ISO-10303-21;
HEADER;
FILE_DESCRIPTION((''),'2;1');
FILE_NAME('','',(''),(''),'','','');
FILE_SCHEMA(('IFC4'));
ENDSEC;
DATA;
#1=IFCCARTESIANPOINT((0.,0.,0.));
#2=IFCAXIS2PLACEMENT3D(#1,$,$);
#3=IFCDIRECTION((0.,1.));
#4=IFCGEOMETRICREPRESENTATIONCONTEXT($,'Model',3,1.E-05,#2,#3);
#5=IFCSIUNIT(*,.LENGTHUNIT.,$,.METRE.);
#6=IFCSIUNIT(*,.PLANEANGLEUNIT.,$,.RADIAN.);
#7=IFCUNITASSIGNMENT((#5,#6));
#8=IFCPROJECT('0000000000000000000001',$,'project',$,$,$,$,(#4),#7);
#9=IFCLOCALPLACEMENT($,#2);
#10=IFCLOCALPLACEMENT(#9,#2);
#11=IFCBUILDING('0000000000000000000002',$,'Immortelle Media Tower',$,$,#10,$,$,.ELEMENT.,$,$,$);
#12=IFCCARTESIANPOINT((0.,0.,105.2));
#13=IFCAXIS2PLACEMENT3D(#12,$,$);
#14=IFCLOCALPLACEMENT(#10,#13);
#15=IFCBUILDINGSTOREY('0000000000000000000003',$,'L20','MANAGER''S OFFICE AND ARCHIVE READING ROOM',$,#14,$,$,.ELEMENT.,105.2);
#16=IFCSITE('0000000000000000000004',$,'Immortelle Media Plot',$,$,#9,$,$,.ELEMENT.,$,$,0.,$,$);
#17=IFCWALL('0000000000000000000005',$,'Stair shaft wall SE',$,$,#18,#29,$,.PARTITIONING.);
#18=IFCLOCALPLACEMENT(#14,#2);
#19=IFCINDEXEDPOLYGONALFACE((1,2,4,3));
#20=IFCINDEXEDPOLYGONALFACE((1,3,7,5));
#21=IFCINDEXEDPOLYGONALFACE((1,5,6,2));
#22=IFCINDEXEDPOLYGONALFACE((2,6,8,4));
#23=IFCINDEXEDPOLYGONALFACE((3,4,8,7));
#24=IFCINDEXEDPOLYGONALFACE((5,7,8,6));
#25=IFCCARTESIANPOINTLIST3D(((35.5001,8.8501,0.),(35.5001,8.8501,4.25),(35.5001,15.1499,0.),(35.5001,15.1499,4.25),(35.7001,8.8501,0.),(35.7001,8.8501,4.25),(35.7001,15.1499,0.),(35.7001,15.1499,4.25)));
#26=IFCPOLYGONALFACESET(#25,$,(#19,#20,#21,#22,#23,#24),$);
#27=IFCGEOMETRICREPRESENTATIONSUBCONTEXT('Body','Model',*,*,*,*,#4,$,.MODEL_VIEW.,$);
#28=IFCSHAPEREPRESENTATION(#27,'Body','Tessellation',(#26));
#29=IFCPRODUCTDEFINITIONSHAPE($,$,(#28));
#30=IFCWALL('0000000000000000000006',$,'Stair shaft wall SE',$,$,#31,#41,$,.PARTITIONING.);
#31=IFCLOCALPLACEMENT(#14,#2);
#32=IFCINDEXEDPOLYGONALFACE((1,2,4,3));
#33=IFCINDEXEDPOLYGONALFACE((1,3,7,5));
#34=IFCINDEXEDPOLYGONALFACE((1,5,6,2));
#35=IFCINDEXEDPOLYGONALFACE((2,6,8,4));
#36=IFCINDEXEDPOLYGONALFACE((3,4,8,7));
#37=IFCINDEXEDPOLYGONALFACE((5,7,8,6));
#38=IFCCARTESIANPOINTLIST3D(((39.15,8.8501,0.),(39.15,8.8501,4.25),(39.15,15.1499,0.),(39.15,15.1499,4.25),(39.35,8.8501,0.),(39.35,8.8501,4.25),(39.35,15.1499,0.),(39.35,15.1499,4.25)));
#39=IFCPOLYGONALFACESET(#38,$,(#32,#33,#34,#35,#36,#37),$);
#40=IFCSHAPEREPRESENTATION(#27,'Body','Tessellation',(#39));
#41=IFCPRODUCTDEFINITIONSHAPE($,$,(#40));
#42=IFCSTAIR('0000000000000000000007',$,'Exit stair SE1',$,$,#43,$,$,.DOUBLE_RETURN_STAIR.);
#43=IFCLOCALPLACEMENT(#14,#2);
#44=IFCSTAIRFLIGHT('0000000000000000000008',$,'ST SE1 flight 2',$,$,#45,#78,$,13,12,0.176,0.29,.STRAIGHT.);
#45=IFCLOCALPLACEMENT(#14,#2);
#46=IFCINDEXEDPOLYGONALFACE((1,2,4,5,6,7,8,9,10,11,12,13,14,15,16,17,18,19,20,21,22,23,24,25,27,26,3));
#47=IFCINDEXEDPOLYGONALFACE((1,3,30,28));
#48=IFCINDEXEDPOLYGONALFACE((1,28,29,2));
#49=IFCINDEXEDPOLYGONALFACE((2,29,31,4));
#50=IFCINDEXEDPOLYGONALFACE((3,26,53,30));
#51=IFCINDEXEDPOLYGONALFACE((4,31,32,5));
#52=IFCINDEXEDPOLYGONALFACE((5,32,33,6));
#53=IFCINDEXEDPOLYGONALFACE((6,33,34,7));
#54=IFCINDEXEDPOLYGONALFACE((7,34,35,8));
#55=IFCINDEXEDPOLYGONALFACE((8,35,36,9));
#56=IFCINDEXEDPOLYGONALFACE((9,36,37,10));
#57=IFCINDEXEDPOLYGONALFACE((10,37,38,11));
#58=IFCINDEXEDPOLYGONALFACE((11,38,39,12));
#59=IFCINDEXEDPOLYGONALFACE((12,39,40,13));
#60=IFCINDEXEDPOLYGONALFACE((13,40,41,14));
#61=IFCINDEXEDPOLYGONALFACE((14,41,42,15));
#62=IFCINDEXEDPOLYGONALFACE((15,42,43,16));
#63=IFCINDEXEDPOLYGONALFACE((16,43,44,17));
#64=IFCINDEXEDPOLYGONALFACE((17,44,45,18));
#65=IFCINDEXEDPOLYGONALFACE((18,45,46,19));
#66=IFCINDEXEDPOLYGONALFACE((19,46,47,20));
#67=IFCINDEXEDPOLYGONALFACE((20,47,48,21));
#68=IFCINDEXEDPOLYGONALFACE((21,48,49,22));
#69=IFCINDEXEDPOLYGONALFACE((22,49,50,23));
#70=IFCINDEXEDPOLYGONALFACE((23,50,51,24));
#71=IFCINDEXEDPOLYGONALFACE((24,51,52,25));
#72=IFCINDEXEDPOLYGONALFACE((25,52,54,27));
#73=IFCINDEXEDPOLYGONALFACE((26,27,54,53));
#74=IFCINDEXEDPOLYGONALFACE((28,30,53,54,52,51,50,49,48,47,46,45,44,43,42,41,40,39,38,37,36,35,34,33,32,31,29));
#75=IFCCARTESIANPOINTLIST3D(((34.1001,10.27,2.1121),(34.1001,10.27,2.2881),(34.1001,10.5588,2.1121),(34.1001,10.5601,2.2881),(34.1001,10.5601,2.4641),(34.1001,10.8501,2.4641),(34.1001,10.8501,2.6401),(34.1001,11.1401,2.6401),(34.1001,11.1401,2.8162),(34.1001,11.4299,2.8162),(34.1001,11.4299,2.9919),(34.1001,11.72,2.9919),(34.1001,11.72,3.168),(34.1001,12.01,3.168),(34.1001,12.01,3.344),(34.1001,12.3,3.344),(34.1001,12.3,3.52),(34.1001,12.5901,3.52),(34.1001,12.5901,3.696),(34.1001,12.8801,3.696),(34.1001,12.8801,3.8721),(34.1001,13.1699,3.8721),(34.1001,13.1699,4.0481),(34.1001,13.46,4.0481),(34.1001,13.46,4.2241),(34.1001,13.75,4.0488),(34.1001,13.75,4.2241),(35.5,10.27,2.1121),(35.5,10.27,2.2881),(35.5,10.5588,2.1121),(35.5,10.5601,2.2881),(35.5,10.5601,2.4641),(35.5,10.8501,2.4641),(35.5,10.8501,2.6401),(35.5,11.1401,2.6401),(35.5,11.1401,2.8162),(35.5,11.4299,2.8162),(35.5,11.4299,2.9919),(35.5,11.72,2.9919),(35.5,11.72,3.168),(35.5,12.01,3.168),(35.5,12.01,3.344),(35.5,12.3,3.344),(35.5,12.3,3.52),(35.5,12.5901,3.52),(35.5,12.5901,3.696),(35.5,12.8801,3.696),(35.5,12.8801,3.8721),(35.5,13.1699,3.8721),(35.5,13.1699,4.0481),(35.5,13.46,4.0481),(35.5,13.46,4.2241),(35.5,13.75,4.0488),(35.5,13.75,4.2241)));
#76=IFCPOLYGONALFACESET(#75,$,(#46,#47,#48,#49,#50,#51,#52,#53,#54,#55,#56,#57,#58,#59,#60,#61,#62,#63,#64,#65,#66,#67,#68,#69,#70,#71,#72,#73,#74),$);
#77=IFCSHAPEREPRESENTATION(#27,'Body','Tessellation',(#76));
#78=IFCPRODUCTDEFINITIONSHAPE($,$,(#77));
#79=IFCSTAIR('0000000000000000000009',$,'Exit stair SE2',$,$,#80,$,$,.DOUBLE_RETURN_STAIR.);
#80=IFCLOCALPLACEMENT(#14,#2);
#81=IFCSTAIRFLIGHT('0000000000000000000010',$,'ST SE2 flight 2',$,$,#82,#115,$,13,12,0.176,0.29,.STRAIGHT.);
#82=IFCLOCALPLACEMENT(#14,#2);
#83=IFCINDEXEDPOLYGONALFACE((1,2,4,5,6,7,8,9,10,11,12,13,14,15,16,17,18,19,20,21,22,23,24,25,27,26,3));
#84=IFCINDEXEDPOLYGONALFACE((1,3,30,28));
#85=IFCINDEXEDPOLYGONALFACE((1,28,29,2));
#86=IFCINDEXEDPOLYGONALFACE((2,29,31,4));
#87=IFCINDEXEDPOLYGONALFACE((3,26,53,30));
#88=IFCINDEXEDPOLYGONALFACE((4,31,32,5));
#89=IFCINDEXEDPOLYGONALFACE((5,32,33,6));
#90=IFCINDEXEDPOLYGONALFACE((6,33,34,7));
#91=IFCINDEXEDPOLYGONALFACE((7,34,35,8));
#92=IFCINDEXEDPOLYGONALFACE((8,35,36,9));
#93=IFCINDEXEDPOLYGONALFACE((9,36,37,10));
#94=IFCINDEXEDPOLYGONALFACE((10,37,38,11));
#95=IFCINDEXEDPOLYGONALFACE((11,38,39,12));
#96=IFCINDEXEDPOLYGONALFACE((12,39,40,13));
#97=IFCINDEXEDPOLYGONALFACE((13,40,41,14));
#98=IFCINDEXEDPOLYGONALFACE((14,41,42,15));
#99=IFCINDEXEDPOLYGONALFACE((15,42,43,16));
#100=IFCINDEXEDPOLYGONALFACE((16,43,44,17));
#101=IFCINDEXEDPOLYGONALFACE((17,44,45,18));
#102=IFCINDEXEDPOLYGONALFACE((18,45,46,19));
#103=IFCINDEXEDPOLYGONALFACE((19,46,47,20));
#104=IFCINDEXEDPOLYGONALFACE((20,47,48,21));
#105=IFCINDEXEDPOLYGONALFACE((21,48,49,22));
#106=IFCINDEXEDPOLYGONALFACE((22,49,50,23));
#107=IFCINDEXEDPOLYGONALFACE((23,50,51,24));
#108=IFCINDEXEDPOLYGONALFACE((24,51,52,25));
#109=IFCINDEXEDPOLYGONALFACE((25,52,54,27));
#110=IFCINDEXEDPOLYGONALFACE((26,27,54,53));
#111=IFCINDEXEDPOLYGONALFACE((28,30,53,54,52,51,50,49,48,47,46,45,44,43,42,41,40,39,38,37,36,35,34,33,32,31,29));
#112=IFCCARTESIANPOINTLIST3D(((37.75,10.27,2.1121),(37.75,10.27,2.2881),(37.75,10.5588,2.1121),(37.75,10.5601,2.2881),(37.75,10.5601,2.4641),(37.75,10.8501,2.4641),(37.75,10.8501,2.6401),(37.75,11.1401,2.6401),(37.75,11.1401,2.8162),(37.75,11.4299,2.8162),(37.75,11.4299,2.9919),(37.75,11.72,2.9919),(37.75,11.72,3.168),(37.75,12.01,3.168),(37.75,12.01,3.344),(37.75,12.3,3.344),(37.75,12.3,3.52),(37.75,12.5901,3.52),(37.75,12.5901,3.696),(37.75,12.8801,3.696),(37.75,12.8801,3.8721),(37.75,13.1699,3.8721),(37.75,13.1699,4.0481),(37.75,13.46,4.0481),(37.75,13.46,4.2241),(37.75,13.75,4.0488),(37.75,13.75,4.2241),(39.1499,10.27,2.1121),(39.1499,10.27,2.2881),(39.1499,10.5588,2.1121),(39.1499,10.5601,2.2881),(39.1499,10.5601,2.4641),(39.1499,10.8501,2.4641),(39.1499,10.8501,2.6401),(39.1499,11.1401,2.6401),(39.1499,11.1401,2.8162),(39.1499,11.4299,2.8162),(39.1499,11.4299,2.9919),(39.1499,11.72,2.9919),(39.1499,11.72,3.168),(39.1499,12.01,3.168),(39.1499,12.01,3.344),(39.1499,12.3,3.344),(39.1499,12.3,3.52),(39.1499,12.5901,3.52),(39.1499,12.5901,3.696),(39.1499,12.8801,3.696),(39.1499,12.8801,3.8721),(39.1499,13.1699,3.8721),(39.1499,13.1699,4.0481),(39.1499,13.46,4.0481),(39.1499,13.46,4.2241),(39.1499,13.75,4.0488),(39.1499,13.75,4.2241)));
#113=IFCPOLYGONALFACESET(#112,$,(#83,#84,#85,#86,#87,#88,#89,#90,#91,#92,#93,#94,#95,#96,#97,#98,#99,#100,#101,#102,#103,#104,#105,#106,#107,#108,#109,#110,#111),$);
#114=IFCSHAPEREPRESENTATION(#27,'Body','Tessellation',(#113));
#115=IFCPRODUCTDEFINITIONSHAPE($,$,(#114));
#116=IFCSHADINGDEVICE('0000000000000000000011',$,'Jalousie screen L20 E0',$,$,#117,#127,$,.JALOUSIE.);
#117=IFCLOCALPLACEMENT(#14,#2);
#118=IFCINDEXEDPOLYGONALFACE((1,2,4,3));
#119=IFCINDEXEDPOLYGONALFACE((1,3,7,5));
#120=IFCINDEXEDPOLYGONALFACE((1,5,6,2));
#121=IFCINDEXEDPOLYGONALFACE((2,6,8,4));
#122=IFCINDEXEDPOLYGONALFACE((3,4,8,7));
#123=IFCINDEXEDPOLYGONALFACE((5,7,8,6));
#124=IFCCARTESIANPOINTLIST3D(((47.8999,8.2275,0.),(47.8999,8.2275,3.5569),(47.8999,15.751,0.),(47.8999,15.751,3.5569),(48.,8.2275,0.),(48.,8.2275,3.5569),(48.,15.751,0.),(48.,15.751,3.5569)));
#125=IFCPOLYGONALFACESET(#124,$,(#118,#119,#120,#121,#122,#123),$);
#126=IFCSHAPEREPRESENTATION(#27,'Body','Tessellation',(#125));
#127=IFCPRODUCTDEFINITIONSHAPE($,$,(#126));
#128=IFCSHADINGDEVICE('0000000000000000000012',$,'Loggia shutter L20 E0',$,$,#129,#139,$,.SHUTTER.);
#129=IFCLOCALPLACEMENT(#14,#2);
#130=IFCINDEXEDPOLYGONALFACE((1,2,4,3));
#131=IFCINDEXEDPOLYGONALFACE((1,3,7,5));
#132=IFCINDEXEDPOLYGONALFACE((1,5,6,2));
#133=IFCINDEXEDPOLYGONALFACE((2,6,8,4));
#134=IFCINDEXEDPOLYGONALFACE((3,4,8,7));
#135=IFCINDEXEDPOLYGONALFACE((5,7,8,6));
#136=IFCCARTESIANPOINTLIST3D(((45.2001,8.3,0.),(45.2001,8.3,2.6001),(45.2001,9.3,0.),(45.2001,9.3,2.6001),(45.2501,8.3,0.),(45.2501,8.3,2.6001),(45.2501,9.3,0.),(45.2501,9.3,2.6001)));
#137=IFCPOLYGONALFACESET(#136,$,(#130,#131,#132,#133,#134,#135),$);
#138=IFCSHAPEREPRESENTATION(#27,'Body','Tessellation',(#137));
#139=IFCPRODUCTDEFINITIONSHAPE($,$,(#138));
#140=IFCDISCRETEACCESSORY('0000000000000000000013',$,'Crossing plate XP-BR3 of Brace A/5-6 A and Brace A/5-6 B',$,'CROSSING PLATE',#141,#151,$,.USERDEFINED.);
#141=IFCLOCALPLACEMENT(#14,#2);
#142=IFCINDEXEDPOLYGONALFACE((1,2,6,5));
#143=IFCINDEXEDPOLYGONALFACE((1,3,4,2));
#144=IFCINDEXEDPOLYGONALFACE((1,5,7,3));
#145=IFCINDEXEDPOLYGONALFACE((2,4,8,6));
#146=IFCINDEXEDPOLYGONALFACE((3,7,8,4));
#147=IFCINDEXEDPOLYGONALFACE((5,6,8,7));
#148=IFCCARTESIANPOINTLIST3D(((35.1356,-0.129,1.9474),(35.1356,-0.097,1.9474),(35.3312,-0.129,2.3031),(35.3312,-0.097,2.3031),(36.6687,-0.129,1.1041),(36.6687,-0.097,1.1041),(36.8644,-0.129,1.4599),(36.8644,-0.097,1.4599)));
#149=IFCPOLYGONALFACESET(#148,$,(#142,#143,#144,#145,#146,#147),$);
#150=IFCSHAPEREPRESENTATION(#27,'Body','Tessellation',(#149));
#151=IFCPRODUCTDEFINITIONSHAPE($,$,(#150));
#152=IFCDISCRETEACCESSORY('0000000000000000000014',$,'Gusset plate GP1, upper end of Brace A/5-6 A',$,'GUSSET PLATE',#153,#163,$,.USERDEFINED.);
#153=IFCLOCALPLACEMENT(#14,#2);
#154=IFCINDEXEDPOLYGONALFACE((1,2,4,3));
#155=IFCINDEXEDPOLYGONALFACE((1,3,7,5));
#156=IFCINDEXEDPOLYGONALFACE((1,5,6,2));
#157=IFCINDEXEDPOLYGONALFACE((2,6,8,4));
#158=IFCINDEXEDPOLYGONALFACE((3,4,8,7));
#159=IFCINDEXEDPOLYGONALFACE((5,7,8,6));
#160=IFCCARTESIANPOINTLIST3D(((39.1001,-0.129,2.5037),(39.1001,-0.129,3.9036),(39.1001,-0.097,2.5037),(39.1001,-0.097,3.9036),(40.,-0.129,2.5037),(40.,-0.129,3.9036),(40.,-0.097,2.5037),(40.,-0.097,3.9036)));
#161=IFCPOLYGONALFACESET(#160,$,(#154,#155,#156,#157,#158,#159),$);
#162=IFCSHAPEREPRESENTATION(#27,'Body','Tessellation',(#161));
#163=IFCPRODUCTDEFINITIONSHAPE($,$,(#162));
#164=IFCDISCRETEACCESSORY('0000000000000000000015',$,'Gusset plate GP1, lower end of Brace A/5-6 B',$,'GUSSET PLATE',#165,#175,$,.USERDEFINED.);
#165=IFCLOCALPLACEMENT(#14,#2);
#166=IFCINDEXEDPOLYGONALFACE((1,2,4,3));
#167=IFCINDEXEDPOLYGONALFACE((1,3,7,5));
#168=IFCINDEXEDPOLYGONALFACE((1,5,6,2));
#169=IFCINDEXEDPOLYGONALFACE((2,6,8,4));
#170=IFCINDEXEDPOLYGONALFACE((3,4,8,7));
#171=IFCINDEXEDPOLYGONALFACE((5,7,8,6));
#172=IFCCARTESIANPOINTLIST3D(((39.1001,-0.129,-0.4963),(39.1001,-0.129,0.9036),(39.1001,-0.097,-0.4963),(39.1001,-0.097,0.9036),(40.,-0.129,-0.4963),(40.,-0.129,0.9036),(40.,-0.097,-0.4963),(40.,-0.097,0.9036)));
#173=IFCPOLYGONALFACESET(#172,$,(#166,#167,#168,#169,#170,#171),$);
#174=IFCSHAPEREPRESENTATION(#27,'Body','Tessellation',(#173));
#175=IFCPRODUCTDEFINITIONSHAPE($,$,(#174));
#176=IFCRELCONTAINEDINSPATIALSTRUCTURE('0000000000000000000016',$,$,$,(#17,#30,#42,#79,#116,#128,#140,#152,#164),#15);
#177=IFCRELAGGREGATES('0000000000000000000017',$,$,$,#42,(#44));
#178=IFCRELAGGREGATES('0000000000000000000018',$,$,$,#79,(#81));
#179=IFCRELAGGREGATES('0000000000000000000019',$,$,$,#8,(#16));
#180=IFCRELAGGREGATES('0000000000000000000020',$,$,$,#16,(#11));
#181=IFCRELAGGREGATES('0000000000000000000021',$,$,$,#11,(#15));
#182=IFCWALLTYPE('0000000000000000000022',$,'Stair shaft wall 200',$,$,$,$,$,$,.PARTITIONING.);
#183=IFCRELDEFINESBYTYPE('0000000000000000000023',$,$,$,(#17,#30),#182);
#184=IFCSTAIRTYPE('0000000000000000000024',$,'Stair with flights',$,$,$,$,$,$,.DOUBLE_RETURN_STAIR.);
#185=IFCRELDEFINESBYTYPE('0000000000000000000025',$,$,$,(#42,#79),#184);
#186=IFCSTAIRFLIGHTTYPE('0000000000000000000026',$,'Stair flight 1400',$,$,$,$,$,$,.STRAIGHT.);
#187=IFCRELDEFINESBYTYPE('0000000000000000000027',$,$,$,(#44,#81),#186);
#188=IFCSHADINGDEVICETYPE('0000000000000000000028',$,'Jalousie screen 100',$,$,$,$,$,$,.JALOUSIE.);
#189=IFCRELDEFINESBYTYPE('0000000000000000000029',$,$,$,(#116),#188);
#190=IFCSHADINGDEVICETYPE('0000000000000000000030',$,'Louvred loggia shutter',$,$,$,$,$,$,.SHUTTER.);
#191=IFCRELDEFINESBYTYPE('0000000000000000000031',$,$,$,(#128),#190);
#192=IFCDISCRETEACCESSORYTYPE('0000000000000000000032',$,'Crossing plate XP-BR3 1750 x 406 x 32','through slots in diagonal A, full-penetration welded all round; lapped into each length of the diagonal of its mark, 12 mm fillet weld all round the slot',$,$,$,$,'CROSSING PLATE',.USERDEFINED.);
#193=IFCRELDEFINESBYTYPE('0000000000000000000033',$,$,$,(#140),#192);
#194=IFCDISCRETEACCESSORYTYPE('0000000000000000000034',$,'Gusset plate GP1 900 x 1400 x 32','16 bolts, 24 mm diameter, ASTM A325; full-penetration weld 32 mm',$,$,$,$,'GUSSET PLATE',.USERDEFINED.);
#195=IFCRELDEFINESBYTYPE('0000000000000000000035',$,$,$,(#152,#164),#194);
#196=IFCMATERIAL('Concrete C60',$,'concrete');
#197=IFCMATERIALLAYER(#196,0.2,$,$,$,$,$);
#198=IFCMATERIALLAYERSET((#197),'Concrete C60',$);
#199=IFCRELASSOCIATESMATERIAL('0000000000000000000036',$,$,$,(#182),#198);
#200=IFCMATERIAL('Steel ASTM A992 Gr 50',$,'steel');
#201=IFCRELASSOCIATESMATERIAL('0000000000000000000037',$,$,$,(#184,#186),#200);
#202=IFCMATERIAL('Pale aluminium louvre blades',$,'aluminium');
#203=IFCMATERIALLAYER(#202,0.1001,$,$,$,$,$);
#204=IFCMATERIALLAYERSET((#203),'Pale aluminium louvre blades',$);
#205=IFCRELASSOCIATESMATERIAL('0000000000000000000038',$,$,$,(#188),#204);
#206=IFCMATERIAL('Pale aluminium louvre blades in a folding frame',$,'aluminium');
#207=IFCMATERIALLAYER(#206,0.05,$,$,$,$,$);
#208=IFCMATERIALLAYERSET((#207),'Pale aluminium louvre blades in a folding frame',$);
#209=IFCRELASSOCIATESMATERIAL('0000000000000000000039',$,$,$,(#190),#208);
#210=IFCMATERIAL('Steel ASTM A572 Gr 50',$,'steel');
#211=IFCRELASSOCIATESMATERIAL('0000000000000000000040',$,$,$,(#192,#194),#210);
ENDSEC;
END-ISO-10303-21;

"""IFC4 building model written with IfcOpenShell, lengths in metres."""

from ifc_helpers import new_model, si_unit, direction, frame, frame_2d, origin, origin_2d, place, context, subcontext, project, spatial, polyline, rectangle, outline, extrude, material, layer, layer_set, material_profile, profile_set, type_object, element, aggregate, save


model = new_model("IFC4")

# Units and contexts
model_context = context("Model", 3, precision=1e-05, world=origin(), true_north=direction((0.0, 1.0)))
body_context = subcontext(model_context, "Body", "Model", "MODEL_VIEW")
ifc_project = project(units=[si_unit("LENGTHUNIT", "METRE"), si_unit("PLANEANGLEUNIT", "RADIAN")], contexts=[model_context])

# Site, building, storey
site_placement = place(None, origin())
site = spatial("IfcSite", under=ifc_project, at=site_placement, Name="Immortelle Media Plot", CompositionType="ELEMENT", RefElevation=0.0)
building_placement = place(site_placement, origin())
building = spatial("IfcBuilding", under=site, at=building_placement, Name="Immortelle Media Tower", CompositionType="ELEMENT")
storey_placement = place(building_placement, frame((0.0, 0.0, 105.2)))
storey = spatial("IfcBuildingStorey", under=building, at=storey_placement, Name="L20", Description="MANAGER'S OFFICE AND ARCHIVE READING ROOM", CompositionType="ELEMENT", Elevation=105.2)

# Shared definitions
ifc_material_1 = material(Name="Steel ASTM A992 Gr 50", Category="steel")

# Walls
ifc_material_2 = material(Name="Concrete C60", Category="concrete")
ifc_layer_1 = layer(ifc_material_2, 0.2)
ifc_layer_set_1 = layer_set([ifc_layer_1], Name="Concrete C60")
wall_type_1 = type_object("IfcWallType", Name="Stair shaft wall 200", PredefinedType="PARTITIONING", material=ifc_layer_set_1)
for number, where, z_axis, x_axis, name in (
    (1, (35.6001, 8.8501, 0.0), (0.0, 0.0, 1.0), (0.0, 1.0, 0.0), "Stair shaft wall SE"),
    (2, (39.25, 8.8501, 0.0), (0.0, 0.0, 1.0), (0.0, 1.0, 0.0), "Stair shaft wall SE"),
):
    element("IfcWall", number, at=place(storey_placement, frame(where, z_axis=z_axis, x_axis=x_axis)), inside=storey, type_object=wall_type_1, Name=name, PredefinedType="PARTITIONING", context=body_context, shape_type="SweptSolid", body=[
        extrude(rectangle(XDim=6.2998, YDim=0.2, at=frame_2d((3.1499, 0.0))), origin(), (0.0, 0.0, 1.0), 4.25),
    ])

# Stairs, stair flights
stair_type = type_object("IfcStairType", Name="Stair with flights", PredefinedType="DOUBLE_RETURN_STAIR", material=ifc_material_1)
stair_1_placement = place(storey_placement, origin())
stair_1 = element("IfcStair", 3, at=stair_1_placement, inside=storey, type_object=stair_type, Name="Exit stair SE1", PredefinedType="DOUBLE_RETURN_STAIR")
stair_flight_type = type_object("IfcStairFlightType", Name="Stair flight 1400", PredefinedType="STRAIGHT", material=ifc_material_1)
stair_flight_1_placement = place(storey_placement, frame((34.8, 10.27, 2.1121), z_axis=(0.0, 0.0, 1.0), x_axis=(0.0, 1.0, 0.0)))
stair_flight_1 = element("IfcStairFlight", 4, at=stair_flight_1_placement, type_object=stair_flight_type, Name="ST SE1 flight 2", NumberOfRisers=13, NumberOfTreads=12, PredefinedType="STRAIGHT", RiserHeight=0.176, TreadLength=0.29, context=body_context, shape_type="SweptSolid", body=[
    extrude(outline(polyline([(0.0, 0.0), (0.0, 0.176), (0.29, 0.176), (0.29, 0.3521), (0.5801, 0.3521), (0.5801, 0.5281), (0.8701, 0.5281), (0.8701, 0.7041), (1.1599, 0.7041), (1.1599, 0.8799), (1.45, 0.8799), (1.45, 1.0559), (1.74, 1.0559), (1.74, 1.2319), (2.03, 1.2319), (2.03, 1.408), (2.3201, 1.408), (2.3201, 1.584), (2.6101, 1.584), (2.6101, 1.76), (2.8999, 1.76), (2.8999, 1.936), (3.1899, 1.936), (3.1899, 2.1121), (3.48, 2.1121), (3.48, 2.2881), (3.48, 1.9368), (0.2888, 0.0), (0.0, 0.0)])), frame((0.0, 0.7, 0.0), z_axis=(0.0, -1.0, 0.0), x_axis=(1.0, 0.0, 0.0)), (0.0, 0.0, 1.0), 1.3999),
])
aggregate(stair_1, [stair_flight_1])
stair_2_placement = place(storey_placement, origin())
stair_2 = element("IfcStair", 5, at=stair_2_placement, inside=storey, type_object=stair_type, Name="Exit stair SE2", PredefinedType="DOUBLE_RETURN_STAIR")
stair_flight_2_placement = place(storey_placement, frame((38.45, 10.27, 2.1121), z_axis=(0.0, 0.0, 1.0), x_axis=(0.0, 1.0, 0.0)))
stair_flight_2 = element("IfcStairFlight", 6, at=stair_flight_2_placement, type_object=stair_flight_type, Name="ST SE2 flight 2", NumberOfRisers=13, NumberOfTreads=12, PredefinedType="STRAIGHT", RiserHeight=0.176, TreadLength=0.29, context=body_context, shape_type="SweptSolid", body=[
    extrude(outline(polyline([(0.0, 0.0), (0.0, 0.176), (0.29, 0.176), (0.29, 0.3521), (0.5801, 0.3521), (0.5801, 0.5281), (0.8701, 0.5281), (0.8701, 0.7041), (1.1599, 0.7041), (1.1599, 0.8799), (1.45, 0.8799), (1.45, 1.0559), (1.74, 1.0559), (1.74, 1.2319), (2.03, 1.2319), (2.03, 1.408), (2.3201, 1.408), (2.3201, 1.584), (2.6101, 1.584), (2.6101, 1.76), (2.8999, 1.76), (2.8999, 1.936), (3.1899, 1.936), (3.1899, 2.1121), (3.48, 2.1121), (3.48, 2.2881), (3.48, 1.9368), (0.2888, 0.0), (0.0, 0.0)])), frame((0.0, 0.7, 0.0), z_axis=(0.0, -1.0, 0.0), x_axis=(1.0, 0.0, 0.0)), (0.0, 0.0, 1.0), 1.3999),
])
aggregate(stair_2, [stair_flight_2])

# Shading devices
ifc_material_3 = material(Name="Pale aluminium louvre blades", Category="aluminium")
ifc_layer_2 = layer(ifc_material_3, 0.1001)
ifc_layer_set_2 = layer_set([ifc_layer_2], Name="Pale aluminium louvre blades")
shading_device_type_1 = type_object("IfcShadingDeviceType", Name="Jalousie screen 100", PredefinedType="JALOUSIE", material=ifc_layer_set_2)
shading_device_1_placement = place(storey_placement, frame((47.95, 11.9893, 0.0), z_axis=(0.0, 0.0, 1.0), x_axis=(0.0, 1.0, 0.0)))
element("IfcShadingDevice", 7, at=shading_device_1_placement, inside=storey, type_object=shading_device_type_1, Name="Jalousie screen L20 E0", PredefinedType="JALOUSIE", context=body_context, shape_type="SweptSolid", body=[
    extrude(rectangle(XDim=7.5234, YDim=0.1001, at=origin_2d()), origin(), (0.0, 0.0, 1.0), 3.5569),
])
ifc_material_4 = material(Name="Pale aluminium louvre blades in a folding frame", Category="aluminium")
ifc_layer_3 = layer(ifc_material_4, 0.05)
ifc_layer_set_3 = layer_set([ifc_layer_3], Name="Pale aluminium louvre blades in a folding frame")
shading_device_type_2 = type_object("IfcShadingDeviceType", Name="Louvred loggia shutter", PredefinedType="SHUTTER", material=ifc_layer_set_3)
shading_device_2_placement = place(storey_placement, frame((45.2251, 8.8, 0.0), z_axis=(0.0, 0.0, 1.0), x_axis=(0.0, 1.0, 0.0)))
element("IfcShadingDevice", 8, at=shading_device_2_placement, inside=storey, type_object=shading_device_type_2, Name="Loggia shutter L20 E0", PredefinedType="SHUTTER", context=body_context, shape_type="SweptSolid", body=[
    extrude(rectangle(XDim=1.0, YDim=0.05, at=origin_2d()), origin(), (0.0, 0.0, 1.0), 2.6001),
])

# Discrete accessories
ifc_material_5 = material(Name="Steel ASTM A572 Gr 50", Category="steel")
ifc_material_profile_1 = material_profile(ifc_material_5, rectangle(XDim=0.032, YDim=0.406, at=origin_2d()), Name="PL 32 x 406")
ifc_profile_set_1 = profile_set([ifc_material_profile_1], Name="Steel ASTM A572 Gr 50")
discrete_accessory_type_1 = type_object("IfcDiscreteAccessoryType", Name="Crossing plate XP-BR3 1750 x 406 x 32", Description="through slots in diagonal A, full-penetration welded all round; lapped into each length of the diagonal of its mark, 12 mm fillet weld all round the slot", ElementType="CROSSING PLATE", PredefinedType="USERDEFINED", material=ifc_profile_set_1)
discrete_accessory_placement = place(storey_placement, frame((35.2334, -0.113, 2.1252), z_axis=(0.876216, 0.0, -0.481919), x_axis=(0.0, 1.0, 0.0)))
element("IfcDiscreteAccessory", 9, at=discrete_accessory_placement, inside=storey, type_object=discrete_accessory_type_1, Name="Crossing plate XP-BR3 of Brace A/5-6 A and Brace A/5-6 B", ObjectType="CROSSING PLATE", PredefinedType="USERDEFINED", context=body_context, shape_type="SweptSolid", body=[
    extrude(rectangle(XDim=0.032, YDim=0.406, at=origin_2d()), origin(), (0.0, 0.0, 1.0), 1.7498),
])
ifc_material_profile_2 = material_profile(ifc_material_5, rectangle(XDim=0.032, YDim=1.3999, at=origin_2d()), Name="PL 32 x 1400")
ifc_profile_set_2 = profile_set([ifc_material_profile_2], Name="Steel ASTM A572 Gr 50")
discrete_accessory_type_2 = type_object("IfcDiscreteAccessoryType", Name="Gusset plate GP1 900 x 1400 x 32", Description="16 bolts, 24 mm diameter, ASTM A325; full-penetration weld 32 mm", ElementType="GUSSET PLATE", PredefinedType="USERDEFINED", material=ifc_profile_set_2)
for number, where, z_axis, x_axis, name in (
    (10, (40.0, -0.113, 3.2036), (-1.0, 0.0, 0.0), (0.0, -1.0, 0.0), "Gusset plate GP1, upper end of Brace A/5-6 A"),
    (11, (40.0, -0.113, 0.2036), (-1.0, 0.0, 0.0), (0.0, -1.0, 0.0), "Gusset plate GP1, lower end of Brace A/5-6 B"),
):
    element("IfcDiscreteAccessory", number, at=place(storey_placement, frame(where, z_axis=z_axis, x_axis=x_axis)), inside=storey, type_object=discrete_accessory_type_2, Name=name, ObjectType="GUSSET PLATE", PredefinedType="USERDEFINED", context=body_context, shape_type="SweptSolid", body=[
        extrude(rectangle(XDim=0.032, YDim=1.3999, at=origin_2d()), origin(), (0.0, 0.0, 1.0), 0.8999),
    ])

save(model, "model.ifc")
